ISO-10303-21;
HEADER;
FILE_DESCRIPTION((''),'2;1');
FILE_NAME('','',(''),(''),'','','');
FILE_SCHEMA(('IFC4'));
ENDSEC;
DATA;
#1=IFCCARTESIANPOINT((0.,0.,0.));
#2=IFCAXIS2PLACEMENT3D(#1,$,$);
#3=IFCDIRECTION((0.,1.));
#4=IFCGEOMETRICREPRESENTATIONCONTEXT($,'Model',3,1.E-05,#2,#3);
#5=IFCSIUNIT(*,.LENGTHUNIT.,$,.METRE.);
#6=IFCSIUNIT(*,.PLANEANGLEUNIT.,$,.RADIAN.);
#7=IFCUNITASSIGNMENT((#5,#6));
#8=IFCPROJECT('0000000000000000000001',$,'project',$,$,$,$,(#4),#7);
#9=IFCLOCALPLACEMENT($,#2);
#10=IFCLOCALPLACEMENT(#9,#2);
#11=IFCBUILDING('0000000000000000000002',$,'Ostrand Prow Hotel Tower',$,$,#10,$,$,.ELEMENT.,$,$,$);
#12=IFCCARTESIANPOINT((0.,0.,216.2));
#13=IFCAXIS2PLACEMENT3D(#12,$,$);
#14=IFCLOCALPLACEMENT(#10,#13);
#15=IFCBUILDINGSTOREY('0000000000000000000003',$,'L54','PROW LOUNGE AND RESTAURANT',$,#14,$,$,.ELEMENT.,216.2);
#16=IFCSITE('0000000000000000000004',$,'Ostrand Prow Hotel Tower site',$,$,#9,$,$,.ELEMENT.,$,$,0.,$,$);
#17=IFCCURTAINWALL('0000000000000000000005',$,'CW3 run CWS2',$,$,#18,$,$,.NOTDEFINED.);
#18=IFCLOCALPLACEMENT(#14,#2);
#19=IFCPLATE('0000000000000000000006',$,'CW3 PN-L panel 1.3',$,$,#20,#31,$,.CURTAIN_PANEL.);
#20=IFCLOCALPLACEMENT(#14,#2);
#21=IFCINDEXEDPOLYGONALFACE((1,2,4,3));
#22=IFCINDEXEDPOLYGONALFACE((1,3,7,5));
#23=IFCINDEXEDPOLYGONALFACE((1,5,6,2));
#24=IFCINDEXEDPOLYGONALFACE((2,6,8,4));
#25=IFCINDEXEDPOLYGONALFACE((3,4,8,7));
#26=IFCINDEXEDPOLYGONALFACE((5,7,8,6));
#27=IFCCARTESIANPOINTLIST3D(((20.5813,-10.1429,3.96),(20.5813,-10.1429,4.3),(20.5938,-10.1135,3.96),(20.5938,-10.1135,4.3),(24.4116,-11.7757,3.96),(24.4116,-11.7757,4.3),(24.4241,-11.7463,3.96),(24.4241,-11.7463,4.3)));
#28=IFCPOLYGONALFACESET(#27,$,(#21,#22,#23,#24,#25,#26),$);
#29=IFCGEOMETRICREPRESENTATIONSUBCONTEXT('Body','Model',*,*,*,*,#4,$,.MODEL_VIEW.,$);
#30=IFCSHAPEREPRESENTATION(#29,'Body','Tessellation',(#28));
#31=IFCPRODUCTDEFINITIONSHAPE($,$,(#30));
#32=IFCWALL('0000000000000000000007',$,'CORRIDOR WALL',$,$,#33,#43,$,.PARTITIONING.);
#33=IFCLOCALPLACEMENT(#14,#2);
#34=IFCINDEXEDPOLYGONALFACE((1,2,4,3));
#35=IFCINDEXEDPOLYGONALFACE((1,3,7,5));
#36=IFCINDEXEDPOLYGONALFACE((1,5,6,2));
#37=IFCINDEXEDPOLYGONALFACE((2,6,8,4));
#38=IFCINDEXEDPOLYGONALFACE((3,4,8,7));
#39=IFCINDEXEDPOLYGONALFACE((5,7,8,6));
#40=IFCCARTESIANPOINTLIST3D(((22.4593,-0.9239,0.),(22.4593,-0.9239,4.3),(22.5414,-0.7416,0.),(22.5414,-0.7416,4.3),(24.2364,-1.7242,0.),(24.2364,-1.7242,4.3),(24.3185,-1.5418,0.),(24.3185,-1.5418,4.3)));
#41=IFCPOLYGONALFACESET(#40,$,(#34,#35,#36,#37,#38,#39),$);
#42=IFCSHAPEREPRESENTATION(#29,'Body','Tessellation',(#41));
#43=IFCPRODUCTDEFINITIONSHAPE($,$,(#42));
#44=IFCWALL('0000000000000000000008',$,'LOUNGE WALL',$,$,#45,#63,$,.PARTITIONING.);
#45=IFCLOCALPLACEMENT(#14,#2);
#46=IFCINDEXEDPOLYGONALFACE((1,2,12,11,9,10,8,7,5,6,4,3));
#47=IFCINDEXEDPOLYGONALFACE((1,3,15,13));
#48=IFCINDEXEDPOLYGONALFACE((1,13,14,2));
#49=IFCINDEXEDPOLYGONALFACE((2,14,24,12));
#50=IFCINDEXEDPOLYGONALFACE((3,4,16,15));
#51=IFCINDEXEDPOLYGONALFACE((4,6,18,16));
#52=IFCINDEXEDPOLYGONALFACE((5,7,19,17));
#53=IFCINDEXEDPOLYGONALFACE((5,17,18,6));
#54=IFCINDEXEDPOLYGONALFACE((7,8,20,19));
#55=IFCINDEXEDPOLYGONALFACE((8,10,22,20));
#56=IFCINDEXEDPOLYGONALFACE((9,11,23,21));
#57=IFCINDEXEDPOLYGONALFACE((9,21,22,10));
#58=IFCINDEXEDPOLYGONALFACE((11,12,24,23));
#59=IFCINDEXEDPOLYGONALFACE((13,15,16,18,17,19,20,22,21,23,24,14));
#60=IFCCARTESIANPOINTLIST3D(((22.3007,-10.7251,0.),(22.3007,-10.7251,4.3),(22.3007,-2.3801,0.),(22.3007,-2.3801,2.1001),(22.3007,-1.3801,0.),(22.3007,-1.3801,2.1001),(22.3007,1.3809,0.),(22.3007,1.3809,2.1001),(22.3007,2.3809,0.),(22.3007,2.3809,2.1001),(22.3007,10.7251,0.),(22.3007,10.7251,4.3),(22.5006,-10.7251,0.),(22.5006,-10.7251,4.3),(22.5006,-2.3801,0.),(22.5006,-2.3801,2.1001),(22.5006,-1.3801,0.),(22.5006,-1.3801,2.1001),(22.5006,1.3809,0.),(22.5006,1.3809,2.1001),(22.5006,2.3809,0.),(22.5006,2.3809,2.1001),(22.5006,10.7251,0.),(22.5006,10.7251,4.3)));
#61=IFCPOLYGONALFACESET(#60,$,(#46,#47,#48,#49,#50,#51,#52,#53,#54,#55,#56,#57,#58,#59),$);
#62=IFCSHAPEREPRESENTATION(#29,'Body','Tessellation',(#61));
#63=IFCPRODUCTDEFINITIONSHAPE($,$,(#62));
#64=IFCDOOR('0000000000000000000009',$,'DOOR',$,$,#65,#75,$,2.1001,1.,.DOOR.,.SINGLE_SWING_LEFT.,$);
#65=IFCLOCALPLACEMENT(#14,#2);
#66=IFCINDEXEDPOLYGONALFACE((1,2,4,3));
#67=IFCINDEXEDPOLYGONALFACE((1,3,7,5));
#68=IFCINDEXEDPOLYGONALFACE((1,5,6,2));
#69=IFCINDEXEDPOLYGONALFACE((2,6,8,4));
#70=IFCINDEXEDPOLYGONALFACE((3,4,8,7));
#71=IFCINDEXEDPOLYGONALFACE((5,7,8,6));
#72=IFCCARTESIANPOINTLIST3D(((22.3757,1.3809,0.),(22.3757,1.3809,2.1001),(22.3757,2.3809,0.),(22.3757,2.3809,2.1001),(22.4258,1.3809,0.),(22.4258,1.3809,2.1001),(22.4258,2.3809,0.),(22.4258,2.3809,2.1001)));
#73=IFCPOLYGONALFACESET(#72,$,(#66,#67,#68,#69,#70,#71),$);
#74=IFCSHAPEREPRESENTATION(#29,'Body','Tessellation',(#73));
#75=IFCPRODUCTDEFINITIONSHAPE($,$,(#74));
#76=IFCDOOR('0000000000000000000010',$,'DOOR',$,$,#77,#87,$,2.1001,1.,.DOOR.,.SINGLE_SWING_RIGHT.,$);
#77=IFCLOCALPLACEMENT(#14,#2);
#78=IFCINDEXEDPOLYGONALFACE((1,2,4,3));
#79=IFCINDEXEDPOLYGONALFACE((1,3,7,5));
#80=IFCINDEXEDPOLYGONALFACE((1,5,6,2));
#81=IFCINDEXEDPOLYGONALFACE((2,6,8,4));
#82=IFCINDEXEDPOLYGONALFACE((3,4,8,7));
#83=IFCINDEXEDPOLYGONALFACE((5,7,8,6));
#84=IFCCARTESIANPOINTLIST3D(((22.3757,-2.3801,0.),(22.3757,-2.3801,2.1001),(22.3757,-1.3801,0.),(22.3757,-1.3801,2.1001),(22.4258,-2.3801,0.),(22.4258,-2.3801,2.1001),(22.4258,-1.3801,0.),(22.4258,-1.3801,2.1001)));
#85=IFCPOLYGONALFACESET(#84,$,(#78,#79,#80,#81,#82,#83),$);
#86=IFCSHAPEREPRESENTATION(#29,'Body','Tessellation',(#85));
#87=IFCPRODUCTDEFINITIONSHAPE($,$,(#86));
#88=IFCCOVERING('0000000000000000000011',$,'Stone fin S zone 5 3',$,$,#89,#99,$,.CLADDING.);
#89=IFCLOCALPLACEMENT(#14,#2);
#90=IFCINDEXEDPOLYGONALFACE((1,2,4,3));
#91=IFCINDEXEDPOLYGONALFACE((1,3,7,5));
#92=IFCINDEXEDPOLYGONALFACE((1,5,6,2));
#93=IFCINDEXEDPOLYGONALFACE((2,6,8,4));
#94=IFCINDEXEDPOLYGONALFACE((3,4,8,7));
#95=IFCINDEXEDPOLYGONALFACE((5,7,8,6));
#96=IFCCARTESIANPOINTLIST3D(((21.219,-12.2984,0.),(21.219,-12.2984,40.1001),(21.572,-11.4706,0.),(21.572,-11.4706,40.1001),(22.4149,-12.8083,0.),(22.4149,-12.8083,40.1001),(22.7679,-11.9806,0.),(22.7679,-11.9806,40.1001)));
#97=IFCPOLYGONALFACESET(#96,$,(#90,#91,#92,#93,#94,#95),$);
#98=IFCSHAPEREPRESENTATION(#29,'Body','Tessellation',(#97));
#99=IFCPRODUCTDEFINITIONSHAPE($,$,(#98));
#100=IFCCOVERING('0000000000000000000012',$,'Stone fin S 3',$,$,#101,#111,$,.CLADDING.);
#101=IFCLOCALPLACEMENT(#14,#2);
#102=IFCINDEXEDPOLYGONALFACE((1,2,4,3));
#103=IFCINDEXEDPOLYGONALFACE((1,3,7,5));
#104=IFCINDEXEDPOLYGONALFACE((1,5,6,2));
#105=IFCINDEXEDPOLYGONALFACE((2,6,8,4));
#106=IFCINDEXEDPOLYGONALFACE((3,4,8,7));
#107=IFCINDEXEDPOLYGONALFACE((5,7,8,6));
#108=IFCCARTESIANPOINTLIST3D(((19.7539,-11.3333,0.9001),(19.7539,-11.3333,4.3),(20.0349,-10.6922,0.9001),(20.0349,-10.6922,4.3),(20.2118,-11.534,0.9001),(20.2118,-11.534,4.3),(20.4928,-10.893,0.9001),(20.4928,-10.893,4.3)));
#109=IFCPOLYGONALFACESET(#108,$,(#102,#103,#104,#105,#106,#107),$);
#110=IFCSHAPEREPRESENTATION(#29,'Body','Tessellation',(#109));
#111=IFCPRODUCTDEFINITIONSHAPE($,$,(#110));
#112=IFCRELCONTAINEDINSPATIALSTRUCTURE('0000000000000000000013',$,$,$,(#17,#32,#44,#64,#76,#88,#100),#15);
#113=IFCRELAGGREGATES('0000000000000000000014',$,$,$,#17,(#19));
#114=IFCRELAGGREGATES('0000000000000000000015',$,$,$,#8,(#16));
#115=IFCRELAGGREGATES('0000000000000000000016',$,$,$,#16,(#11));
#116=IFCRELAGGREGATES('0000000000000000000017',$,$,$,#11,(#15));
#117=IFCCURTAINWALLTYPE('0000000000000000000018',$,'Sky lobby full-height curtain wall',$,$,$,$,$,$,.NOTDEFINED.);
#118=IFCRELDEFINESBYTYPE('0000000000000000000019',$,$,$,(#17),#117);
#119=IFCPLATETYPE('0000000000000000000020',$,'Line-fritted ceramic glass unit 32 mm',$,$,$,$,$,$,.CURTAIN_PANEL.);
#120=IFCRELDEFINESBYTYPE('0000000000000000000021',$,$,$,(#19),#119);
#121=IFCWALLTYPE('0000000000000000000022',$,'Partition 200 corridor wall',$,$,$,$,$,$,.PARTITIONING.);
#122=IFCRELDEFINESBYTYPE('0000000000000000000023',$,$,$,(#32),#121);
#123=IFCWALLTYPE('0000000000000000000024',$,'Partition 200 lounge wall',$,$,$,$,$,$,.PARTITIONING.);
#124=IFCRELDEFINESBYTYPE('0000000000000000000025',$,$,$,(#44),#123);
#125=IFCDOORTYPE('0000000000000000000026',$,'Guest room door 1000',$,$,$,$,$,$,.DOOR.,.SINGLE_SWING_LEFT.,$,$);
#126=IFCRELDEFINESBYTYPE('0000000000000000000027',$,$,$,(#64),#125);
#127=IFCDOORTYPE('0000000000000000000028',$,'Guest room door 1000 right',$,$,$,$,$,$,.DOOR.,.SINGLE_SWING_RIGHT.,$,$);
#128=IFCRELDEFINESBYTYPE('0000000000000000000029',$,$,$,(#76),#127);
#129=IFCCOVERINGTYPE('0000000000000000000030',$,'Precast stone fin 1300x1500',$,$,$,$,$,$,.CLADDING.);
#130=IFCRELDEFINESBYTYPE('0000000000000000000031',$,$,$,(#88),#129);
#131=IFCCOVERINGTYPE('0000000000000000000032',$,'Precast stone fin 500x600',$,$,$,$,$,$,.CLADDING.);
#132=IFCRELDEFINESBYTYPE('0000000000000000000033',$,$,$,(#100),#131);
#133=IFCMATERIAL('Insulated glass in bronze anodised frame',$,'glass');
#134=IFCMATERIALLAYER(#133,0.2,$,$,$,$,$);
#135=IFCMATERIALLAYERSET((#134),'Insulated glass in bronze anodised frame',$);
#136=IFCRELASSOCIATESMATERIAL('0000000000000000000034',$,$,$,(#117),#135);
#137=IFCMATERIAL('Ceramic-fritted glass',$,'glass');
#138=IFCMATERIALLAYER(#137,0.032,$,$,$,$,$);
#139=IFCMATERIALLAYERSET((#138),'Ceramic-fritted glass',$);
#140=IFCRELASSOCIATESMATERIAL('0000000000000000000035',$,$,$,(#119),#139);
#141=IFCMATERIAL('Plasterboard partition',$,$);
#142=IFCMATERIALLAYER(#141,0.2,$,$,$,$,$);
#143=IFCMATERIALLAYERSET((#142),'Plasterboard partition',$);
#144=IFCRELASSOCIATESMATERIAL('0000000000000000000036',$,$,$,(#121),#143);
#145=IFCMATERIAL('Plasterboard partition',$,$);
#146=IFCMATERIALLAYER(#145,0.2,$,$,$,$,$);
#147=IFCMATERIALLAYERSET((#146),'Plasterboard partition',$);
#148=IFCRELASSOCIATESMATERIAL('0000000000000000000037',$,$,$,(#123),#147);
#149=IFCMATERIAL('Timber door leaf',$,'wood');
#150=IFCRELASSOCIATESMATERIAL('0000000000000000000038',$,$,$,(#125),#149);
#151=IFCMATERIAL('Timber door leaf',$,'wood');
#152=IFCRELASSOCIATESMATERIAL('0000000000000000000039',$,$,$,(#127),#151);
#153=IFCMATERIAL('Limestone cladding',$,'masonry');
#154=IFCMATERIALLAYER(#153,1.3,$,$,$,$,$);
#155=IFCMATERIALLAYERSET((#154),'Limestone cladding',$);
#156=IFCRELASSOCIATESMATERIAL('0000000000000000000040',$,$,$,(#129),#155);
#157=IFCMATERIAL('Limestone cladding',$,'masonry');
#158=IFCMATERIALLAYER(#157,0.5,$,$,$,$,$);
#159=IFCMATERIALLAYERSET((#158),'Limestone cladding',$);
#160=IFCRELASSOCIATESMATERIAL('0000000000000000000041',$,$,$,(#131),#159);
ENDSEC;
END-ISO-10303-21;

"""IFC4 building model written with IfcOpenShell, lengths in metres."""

from ifc_helpers import new_model, si_unit, direction, frame, frame_2d, origin, origin_2d, place, context, subcontext, project, spatial, rectangle, extrude, material, layer, layer_set, type_object, element, fill, aggregate, save


model = new_model("IFC4")

# Units and contexts
model_context = context("Model", 3, precision=1e-05, world=origin(), true_north=direction((0.0, 1.0)))
body_context = subcontext(model_context, "Body", "Model", "MODEL_VIEW")
ifc_project = project(units=[si_unit("LENGTHUNIT", "METRE"), si_unit("PLANEANGLEUNIT", "RADIAN")], contexts=[model_context])

# Site, building, storey
site_placement = place(None, origin())
site = spatial("IfcSite", under=ifc_project, at=site_placement, Name="Ostrand Prow Hotel Tower site", CompositionType="ELEMENT", RefElevation=0.0)
building_placement = place(site_placement, origin())
building = spatial("IfcBuilding", under=site, at=building_placement, Name="Ostrand Prow Hotel Tower", CompositionType="ELEMENT")
storey_placement = place(building_placement, frame((0.0, 0.0, 216.2)))
storey = spatial("IfcBuildingStorey", under=building, at=storey_placement, Name="L54", Description="PROW LOUNGE AND RESTAURANT", CompositionType="ELEMENT", Elevation=216.2)

# Shared definitions
ifc_material_1 = material(Name="Insulated glass in bronze anodised frame", Category="glass")
ifc_layer_1 = layer(ifc_material_1, 0.2)
ifc_layer_set_1 = layer_set([ifc_layer_1], Name="Insulated glass in bronze anodised frame")
curtain_wall_type = type_object("IfcCurtainWallType", Name="Sky lobby full-height curtain wall", PredefinedType="NOTDEFINED", material=ifc_layer_set_1)

# Curtain wall
curtain_wall_1_placement = place(storey_placement, origin())
curtain_wall_1 = element("IfcCurtainWall", 1, at=curtain_wall_1_placement, inside=storey, type_object=curtain_wall_type, Name="CW3 run CWS2", PredefinedType="NOTDEFINED")

# Plate
ifc_material_2 = material(Name="Ceramic-fritted glass", Category="glass")
ifc_layer_2 = layer(ifc_material_2, 0.032)
ifc_layer_set_2 = layer_set([ifc_layer_2], Name="Ceramic-fritted glass")
plate_type_1 = type_object("IfcPlateType", Name="Line-fritted ceramic glass unit 32 mm", PredefinedType="CURTAIN_PANEL", material=ifc_layer_set_2)
plate_1_placement = place(storey_placement, frame((22.5027, -10.9446, 3.96), z_axis=(0.0, 0.0, 1.0), x_axis=(0.919907, -0.392136, 0.0)))
plate_1 = element("IfcPlate", 2, at=plate_1_placement, type_object=plate_type_1, Name="CW3 PN-L panel 1.3", PredefinedType="CURTAIN_PANEL", context=body_context, shape_type="SweptSolid", body=[
    extrude(rectangle(XDim=4.1638, YDim=0.032, at=origin_2d()), origin(), (0.0, 0.0, 1.0), 0.3401),
])
aggregate(curtain_wall_1, [plate_1])

# Shared definitions
ifc_material_3 = material(Name="Plasterboard partition")
ifc_layer_3 = layer(ifc_material_3, 0.2)
ifc_layer_set_3 = layer_set([ifc_layer_3], Name="Plasterboard partition")
wall_type_1 = type_object("IfcWallType", Name="Partition 200 corridor wall", PredefinedType="PARTITIONING", material=ifc_layer_set_3)

# Wall
wall_1_placement = place(storey_placement, frame((24.2776, -1.6331, 0.0), z_axis=(0.0, 0.0, 1.0), x_axis=(-0.911807, 0.41062, 0.0)))
element("IfcWall", 3, at=wall_1_placement, inside=storey, type_object=wall_type_1, Name="CORRIDOR WALL", PredefinedType="PARTITIONING", context=body_context, shape_type="SweptSolid", body=[
    extrude(rectangle(XDim=1.949, YDim=0.2, at=frame_2d((0.9746, 0.0))), origin(), (0.0, 0.0, 1.0), 4.3),
])

# Wall, openings, doors
ifc_material_4 = material(Name="Plasterboard partition")
ifc_layer_4 = layer(ifc_material_4, 0.2)
ifc_layer_set_4 = layer_set([ifc_layer_4], Name="Plasterboard partition")
wall_type_2 = type_object("IfcWallType", Name="Partition 200 lounge wall", PredefinedType="PARTITIONING", material=ifc_layer_set_4)
wall_2_placement = place(storey_placement, frame((22.4006, -10.7251, 0.0), z_axis=(0.0, 0.0, 1.0), x_axis=(0.0, 1.0, 0.0)))
wall_2 = element("IfcWall", 4, at=wall_2_placement, inside=storey, type_object=wall_type_2, Name="LOUNGE WALL", PredefinedType="PARTITIONING", context=body_context, shape_type="SweptSolid", body=[
    extrude(rectangle(XDim=21.4502, YDim=0.2, at=frame_2d((10.7251, 0.0))), origin(), (0.0, 0.0, 1.0), 4.3),
])
opening_1_placement = place(wall_2_placement, frame((12.106, 0.0, 0.0)))
opening_1 = element("IfcOpeningElement", 5, at=opening_1_placement, cuts=wall_2, PredefinedType="OPENING", context=body_context, shape_type="SweptSolid", body=[
    extrude(rectangle(XDim=1.0, YDim=2.1001, at=frame_2d((0.5, 1.05))), frame((0.0, 0.1099, 0.0), z_axis=(0.0, -1.0, 0.0), x_axis=(1.0, 0.0, 0.0)), (0.0, 0.0, 1.0), 0.22),
])
opening_2_placement = place(wall_2_placement, frame((8.345, 0.0, 0.0)))
opening_2 = element("IfcOpeningElement", 6, at=opening_2_placement, cuts=wall_2, PredefinedType="OPENING", context=body_context, shape_type="SweptSolid", body=[
    extrude(rectangle(XDim=1.0, YDim=2.1001, at=frame_2d((0.5, 1.05))), frame((0.0, 0.1099, 0.0), z_axis=(0.0, -1.0, 0.0), x_axis=(1.0, 0.0, 0.0)), (0.0, 0.0, 1.0), 0.22),
])
ifc_material_5 = material(Name="Timber door leaf", Category="wood")
door_type_1 = type_object("IfcDoorType", Name="Guest room door 1000", OperationType="SINGLE_SWING_LEFT", PredefinedType="DOOR", material=ifc_material_5)
door_1_placement = place(opening_1_placement, origin())
door_1 = element("IfcDoor", 7, at=door_1_placement, inside=storey, type_object=door_type_1, Name="DOOR", OperationType="SINGLE_SWING_LEFT", OverallHeight=2.1001, OverallWidth=1.0, PredefinedType="DOOR", context=body_context, shape_type="SweptSolid", body=[
    extrude(rectangle(XDim=1.0, YDim=2.1001, at=frame_2d((0.5, 1.05))), frame((0.0, 0.0249, 0.0), z_axis=(0.0, -1.0, 0.0), x_axis=(1.0, 0.0, 0.0)), (0.0, 0.0, 1.0), 0.05),
])
fill(opening_1, door_1)
ifc_material_6 = material(Name="Timber door leaf", Category="wood")
door_type_2 = type_object("IfcDoorType", Name="Guest room door 1000 right", OperationType="SINGLE_SWING_RIGHT", PredefinedType="DOOR", material=ifc_material_6)
door_2_placement = place(opening_2_placement, origin())
door_2 = element("IfcDoor", 8, at=door_2_placement, inside=storey, type_object=door_type_2, Name="DOOR", OperationType="SINGLE_SWING_RIGHT", OverallHeight=2.1001, OverallWidth=1.0, PredefinedType="DOOR", context=body_context, shape_type="SweptSolid", body=[
    extrude(rectangle(XDim=1.0, YDim=2.1001, at=frame_2d((0.5, 1.05))), frame((0.0, 0.0249, 0.0), z_axis=(0.0, -1.0, 0.0), x_axis=(1.0, 0.0, 0.0)), (0.0, 0.0, 1.0), 0.05),
])
fill(opening_2, door_2)

# Coverings
ifc_material_7 = material(Name="Limestone cladding", Category="masonry")
ifc_layer_5 = layer(ifc_material_7, 1.3)
ifc_layer_set_5 = layer_set([ifc_layer_5], Name="Limestone cladding")
covering_type_1 = type_object("IfcCoveringType", Name="Precast stone fin 1300x1500", PredefinedType="CLADDING", material=ifc_layer_set_5)
covering_1_placement = place(storey_placement, frame((22.1699, -11.7256, 0.0), z_axis=(0.0, 0.0, 1.0), x_axis=(-0.392249, -0.919859, 0.0)))
element("IfcCovering", 9, at=covering_1_placement, inside=storey, type_object=covering_type_1, Name="Stone fin S zone 5 3", PredefinedType="CLADDING", context=body_context, shape_type="SweptSolid", body=[
    extrude(rectangle(XDim=0.8999, YDim=1.3, at=frame_2d((0.45, 0.0))), origin(), (0.0, 0.0, 1.0), 40.1001),
])
ifc_material_8 = material(Name="Limestone cladding", Category="masonry")
ifc_layer_6 = layer(ifc_material_8, 0.5)
ifc_layer_set_6 = layer_set([ifc_layer_6], Name="Limestone cladding")
covering_type_2 = type_object("IfcCoveringType", Name="Precast stone fin 500x600", PredefinedType="CLADDING", material=ifc_layer_set_6)
covering_2_placement = place(storey_placement, frame((20.2639, -10.7925, 0.9001), z_axis=(0.0, 0.0, 1.0), x_axis=(-0.401441, -0.915885, 0.0)))
element("IfcCovering", 10, at=covering_2_placement, inside=storey, type_object=covering_type_2, Name="Stone fin S 3", PredefinedType="CLADDING", context=body_context, shape_type="SweptSolid", body=[
    extrude(rectangle(XDim=0.7, YDim=0.5, at=frame_2d((0.3501, 0.0))), origin(), (0.0, 0.0, 1.0), 3.3999),
])

save(model, "model.ifc")
